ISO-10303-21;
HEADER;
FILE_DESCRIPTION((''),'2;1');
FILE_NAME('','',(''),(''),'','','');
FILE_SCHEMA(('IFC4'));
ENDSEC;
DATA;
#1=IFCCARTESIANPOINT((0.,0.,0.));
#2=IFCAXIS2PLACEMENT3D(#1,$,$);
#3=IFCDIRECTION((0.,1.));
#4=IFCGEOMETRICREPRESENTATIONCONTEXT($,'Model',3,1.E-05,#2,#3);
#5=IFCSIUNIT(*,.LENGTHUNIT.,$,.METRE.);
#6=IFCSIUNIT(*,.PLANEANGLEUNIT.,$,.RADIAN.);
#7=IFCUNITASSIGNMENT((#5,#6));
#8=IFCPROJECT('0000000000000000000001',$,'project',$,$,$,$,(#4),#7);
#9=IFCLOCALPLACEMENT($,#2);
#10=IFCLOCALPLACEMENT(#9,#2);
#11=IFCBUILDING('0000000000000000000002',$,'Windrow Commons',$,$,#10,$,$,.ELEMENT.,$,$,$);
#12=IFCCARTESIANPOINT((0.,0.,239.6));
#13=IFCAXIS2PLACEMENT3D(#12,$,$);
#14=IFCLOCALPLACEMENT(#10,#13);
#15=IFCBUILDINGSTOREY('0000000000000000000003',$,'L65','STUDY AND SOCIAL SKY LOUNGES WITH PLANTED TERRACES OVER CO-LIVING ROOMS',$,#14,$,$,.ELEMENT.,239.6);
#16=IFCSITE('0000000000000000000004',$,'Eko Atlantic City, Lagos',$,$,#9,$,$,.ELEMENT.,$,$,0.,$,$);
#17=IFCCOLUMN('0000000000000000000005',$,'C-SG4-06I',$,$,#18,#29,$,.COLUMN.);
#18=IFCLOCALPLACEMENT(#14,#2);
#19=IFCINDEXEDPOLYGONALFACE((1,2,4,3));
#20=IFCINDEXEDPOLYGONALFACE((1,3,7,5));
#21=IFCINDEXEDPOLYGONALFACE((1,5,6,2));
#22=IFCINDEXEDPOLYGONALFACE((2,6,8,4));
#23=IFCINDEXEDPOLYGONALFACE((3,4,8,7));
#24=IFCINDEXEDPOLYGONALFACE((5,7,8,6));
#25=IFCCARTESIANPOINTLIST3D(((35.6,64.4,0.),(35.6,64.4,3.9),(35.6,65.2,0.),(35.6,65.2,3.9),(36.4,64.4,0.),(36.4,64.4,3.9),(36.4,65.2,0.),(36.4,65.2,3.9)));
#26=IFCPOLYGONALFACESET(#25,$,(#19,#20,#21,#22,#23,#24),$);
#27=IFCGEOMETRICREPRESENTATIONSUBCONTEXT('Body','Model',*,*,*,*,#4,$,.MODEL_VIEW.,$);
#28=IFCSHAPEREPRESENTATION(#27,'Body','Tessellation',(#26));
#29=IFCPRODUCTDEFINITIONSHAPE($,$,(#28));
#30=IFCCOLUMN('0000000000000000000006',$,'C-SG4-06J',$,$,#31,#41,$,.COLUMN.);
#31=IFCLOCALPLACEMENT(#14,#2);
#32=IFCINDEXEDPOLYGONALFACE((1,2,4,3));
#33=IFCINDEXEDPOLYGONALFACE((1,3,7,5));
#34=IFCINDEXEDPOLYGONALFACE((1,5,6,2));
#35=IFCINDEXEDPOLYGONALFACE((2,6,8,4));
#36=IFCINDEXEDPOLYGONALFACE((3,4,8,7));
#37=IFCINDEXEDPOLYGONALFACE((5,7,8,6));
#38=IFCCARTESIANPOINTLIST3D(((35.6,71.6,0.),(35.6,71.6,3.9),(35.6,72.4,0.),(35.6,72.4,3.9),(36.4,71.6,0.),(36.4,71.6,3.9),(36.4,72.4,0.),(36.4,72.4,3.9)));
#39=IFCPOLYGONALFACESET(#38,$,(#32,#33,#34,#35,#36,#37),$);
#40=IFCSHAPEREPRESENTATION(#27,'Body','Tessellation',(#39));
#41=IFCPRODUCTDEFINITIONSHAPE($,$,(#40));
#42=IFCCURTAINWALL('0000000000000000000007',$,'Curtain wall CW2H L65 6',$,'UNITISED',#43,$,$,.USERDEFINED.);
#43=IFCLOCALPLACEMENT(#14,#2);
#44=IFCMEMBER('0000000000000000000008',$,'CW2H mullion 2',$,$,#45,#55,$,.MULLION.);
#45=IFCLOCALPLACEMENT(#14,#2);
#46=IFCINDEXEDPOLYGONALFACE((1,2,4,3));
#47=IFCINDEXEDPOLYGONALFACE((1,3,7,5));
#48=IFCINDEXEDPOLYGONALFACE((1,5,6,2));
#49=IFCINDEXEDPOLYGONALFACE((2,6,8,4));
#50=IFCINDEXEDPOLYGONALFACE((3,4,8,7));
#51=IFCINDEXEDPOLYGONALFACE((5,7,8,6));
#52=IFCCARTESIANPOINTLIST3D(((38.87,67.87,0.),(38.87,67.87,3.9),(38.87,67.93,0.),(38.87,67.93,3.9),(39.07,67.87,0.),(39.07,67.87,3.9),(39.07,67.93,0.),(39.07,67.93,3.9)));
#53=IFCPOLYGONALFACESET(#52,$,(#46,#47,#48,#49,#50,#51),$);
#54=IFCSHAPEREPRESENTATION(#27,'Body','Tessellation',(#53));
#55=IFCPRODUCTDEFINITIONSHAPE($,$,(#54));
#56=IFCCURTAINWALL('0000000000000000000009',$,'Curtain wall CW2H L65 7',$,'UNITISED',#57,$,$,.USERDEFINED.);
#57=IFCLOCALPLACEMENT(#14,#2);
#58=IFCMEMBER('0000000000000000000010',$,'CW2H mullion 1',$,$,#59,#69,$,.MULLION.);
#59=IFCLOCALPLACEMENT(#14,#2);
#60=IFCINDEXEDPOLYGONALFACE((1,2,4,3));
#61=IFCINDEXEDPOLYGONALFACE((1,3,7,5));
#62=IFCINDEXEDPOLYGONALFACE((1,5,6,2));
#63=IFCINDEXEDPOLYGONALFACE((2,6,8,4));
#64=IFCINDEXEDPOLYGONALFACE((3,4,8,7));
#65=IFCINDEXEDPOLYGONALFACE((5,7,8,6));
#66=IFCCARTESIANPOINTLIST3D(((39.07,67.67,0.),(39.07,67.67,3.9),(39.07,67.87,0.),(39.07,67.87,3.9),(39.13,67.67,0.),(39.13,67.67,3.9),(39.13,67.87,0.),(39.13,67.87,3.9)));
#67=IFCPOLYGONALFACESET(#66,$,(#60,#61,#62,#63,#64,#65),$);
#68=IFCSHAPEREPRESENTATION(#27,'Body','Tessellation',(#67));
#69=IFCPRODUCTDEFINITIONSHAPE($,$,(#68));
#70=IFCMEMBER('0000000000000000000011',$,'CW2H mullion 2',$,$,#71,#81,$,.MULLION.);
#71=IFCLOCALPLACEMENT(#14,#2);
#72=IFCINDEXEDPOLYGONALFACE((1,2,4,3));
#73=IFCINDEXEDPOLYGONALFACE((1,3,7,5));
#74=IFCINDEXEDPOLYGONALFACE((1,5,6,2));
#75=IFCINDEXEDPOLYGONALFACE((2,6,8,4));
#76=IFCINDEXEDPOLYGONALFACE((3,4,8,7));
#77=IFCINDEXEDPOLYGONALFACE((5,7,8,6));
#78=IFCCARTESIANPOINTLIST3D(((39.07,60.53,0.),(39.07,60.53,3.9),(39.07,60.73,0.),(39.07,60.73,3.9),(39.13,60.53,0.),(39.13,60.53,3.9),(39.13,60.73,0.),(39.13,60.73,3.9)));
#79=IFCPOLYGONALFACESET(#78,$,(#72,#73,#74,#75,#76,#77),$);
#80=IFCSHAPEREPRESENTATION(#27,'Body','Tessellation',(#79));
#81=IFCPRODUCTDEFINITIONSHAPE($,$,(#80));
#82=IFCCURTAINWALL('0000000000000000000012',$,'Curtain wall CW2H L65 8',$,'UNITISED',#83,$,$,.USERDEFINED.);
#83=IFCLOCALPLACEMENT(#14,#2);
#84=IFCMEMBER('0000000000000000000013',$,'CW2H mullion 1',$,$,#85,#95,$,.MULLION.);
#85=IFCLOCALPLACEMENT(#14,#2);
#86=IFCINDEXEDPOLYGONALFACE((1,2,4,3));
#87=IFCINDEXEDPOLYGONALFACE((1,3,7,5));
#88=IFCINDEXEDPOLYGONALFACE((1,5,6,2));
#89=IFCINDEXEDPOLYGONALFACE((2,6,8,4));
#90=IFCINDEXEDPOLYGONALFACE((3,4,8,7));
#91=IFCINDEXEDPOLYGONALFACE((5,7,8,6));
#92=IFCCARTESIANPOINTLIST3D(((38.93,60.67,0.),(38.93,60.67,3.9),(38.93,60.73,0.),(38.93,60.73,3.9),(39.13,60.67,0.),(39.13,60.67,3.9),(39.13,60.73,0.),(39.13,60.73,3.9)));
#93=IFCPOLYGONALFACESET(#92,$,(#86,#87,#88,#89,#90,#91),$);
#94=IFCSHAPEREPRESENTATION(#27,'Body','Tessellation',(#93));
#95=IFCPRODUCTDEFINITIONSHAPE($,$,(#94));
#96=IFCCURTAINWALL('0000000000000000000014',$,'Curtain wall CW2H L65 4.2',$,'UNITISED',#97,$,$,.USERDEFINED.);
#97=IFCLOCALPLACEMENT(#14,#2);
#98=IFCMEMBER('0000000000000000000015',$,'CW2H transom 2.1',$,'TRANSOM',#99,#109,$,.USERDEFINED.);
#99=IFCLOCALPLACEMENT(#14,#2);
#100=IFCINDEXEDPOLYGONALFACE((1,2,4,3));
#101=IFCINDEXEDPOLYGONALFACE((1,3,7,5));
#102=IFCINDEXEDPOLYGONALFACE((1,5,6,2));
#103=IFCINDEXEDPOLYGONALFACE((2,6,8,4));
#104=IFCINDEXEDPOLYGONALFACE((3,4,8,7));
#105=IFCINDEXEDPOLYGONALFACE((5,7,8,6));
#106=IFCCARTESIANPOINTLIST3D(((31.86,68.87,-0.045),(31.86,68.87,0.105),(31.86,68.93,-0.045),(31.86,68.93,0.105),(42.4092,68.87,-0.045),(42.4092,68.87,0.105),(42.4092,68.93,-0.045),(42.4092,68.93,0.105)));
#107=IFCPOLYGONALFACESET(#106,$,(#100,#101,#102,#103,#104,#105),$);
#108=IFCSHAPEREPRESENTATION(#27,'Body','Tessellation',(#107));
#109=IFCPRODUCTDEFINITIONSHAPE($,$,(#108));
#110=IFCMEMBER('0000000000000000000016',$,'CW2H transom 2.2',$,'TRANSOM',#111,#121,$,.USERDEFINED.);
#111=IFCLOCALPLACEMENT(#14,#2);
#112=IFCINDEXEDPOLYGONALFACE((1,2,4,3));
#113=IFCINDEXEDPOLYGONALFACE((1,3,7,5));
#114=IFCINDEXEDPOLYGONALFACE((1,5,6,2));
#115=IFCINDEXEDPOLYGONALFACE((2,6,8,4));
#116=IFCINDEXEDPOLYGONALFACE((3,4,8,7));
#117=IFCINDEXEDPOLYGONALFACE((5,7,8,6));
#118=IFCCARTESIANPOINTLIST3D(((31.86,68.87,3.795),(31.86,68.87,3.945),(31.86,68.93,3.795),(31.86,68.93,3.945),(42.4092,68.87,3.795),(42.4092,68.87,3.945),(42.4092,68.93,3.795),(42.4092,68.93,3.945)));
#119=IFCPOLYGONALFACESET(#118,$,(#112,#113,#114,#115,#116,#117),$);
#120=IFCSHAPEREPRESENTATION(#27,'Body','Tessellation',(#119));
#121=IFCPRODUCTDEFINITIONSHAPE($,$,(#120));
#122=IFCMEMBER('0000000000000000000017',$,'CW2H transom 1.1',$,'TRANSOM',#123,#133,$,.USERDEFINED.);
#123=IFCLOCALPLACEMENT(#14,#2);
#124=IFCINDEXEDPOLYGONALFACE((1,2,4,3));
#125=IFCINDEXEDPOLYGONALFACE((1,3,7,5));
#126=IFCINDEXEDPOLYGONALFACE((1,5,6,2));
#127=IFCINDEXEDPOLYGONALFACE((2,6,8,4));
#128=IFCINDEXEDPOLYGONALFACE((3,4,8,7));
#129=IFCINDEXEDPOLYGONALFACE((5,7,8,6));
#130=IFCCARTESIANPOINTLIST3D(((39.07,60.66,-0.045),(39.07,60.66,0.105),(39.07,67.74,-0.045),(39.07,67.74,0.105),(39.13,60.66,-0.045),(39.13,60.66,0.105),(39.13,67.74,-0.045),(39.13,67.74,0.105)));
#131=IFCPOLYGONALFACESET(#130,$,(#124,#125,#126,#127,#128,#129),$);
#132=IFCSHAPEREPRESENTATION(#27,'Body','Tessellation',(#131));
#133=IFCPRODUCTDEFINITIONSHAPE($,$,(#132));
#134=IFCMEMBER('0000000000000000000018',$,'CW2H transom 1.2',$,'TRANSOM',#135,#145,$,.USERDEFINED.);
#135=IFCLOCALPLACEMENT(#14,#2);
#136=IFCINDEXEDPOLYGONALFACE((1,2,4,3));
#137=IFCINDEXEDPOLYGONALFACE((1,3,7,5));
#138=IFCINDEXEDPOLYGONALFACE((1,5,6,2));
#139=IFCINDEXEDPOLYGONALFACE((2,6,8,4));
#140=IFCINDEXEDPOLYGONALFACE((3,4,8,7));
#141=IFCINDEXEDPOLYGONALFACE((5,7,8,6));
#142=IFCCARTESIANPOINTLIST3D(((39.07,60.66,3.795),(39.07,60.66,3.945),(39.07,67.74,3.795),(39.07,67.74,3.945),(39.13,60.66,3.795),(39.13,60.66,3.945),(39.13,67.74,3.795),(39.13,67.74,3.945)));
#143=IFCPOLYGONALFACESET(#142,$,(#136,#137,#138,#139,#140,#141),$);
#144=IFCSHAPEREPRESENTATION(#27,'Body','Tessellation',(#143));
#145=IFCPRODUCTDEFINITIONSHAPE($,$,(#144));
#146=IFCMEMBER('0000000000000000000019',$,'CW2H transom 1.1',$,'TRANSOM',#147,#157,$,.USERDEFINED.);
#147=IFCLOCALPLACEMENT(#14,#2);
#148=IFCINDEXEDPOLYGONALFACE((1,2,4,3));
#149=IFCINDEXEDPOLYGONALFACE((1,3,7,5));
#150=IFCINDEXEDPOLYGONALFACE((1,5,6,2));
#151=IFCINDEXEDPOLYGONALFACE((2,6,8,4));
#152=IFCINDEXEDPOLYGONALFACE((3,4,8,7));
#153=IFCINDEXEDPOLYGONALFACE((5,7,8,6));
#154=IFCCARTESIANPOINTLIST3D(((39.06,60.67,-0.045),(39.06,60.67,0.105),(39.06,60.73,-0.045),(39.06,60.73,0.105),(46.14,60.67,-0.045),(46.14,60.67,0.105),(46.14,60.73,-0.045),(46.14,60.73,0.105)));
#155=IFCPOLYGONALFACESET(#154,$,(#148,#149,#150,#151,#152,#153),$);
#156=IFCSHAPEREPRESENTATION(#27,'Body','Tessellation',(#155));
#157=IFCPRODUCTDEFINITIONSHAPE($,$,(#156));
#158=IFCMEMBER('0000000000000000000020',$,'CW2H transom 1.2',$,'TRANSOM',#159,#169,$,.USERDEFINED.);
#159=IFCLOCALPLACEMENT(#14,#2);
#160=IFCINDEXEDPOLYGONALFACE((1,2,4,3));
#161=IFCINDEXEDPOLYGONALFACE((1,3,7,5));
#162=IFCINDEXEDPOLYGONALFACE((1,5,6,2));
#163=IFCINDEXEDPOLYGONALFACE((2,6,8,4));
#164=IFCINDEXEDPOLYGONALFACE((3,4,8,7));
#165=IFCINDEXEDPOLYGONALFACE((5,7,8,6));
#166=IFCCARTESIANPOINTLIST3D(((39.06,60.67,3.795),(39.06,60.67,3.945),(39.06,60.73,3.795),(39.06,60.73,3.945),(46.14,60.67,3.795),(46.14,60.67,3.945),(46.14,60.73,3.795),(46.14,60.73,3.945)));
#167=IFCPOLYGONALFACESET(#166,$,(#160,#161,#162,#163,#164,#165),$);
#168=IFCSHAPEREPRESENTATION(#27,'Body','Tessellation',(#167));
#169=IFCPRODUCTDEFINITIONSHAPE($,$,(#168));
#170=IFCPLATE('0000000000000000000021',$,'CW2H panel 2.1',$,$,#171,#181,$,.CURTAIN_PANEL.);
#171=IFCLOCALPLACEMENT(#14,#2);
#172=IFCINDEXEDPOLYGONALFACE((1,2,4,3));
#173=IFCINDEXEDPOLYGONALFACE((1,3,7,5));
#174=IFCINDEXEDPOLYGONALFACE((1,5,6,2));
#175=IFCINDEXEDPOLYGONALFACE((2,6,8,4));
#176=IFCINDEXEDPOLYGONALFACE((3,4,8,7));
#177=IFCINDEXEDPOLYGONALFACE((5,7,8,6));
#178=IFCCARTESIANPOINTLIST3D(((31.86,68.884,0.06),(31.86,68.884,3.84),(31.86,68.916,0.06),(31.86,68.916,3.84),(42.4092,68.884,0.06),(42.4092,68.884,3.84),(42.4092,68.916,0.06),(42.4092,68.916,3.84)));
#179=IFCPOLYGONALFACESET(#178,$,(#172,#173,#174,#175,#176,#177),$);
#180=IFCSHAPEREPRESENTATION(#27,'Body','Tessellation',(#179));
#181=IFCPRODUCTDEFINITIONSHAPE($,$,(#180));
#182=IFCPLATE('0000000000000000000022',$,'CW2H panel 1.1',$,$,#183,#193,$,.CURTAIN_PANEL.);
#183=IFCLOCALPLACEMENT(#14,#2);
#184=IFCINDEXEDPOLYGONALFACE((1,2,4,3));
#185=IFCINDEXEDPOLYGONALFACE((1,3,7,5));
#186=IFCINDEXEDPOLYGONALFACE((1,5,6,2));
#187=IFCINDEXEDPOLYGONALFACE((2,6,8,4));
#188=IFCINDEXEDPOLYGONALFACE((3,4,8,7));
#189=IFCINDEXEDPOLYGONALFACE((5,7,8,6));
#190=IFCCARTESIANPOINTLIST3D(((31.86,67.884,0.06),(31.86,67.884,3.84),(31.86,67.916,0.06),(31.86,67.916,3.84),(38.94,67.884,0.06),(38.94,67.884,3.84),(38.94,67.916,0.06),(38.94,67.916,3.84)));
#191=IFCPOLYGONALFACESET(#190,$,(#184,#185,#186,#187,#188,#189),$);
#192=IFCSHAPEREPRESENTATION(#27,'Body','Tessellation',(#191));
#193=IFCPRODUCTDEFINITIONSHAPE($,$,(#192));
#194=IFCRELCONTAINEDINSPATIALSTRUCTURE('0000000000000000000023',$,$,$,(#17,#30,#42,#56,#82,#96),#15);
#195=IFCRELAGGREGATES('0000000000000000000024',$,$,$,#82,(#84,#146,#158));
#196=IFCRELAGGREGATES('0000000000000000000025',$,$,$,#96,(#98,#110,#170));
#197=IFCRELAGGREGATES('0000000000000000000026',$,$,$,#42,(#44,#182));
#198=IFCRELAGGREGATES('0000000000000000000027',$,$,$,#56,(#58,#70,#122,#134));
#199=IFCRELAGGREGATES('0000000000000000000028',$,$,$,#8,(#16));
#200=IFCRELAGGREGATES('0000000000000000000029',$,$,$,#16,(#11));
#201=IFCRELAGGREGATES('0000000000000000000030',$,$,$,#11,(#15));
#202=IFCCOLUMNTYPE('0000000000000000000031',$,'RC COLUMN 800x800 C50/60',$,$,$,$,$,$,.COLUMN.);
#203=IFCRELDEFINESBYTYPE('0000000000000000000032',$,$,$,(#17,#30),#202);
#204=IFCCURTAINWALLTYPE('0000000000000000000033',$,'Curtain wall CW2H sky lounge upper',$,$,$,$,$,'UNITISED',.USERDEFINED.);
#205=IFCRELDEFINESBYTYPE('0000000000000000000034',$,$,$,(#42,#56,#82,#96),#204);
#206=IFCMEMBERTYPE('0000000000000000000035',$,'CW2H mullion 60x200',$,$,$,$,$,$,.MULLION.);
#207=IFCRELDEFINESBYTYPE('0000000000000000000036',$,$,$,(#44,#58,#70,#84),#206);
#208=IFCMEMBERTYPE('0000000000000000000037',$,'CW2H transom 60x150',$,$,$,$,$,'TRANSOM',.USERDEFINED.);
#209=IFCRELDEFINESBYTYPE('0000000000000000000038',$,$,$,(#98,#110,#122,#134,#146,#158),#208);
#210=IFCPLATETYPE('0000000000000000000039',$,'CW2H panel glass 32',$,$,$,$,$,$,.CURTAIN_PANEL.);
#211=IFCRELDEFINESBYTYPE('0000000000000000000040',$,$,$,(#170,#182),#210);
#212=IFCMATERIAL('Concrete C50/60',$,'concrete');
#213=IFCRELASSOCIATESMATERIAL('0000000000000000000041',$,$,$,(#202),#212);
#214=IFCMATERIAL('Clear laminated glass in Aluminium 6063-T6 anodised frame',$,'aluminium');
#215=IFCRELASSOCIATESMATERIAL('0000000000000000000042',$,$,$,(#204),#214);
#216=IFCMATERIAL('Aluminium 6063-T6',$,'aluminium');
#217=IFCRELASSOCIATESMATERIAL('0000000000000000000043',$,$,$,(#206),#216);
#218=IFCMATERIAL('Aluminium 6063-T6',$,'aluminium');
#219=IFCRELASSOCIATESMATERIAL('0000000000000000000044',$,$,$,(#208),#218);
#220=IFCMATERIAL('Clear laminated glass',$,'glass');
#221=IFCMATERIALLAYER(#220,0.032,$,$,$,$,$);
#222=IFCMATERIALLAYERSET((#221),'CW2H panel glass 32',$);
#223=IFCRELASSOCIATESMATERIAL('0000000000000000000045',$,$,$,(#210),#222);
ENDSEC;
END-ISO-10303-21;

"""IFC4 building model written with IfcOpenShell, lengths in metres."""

from ifc_helpers import new_model, si_unit, direction, frame, origin, origin_2d, place, context, subcontext, project, spatial, rectangle, extrude, material, layer, layer_set, material_profile, profile_set, type_object, element, aggregate, save


model = new_model("IFC4")

# Units and contexts
model_context = context("Model", 3, precision=1e-05, world=origin(), true_north=direction((0.0, 1.0)))
body_context = subcontext(model_context, "Body", "Model", "MODEL_VIEW")
ifc_project = project(units=[si_unit("LENGTHUNIT", "METRE"), si_unit("PLANEANGLEUNIT", "RADIAN")], contexts=[model_context])

# Site, building, storey
site_placement = place(None, origin())
site = spatial("IfcSite", under=ifc_project, at=site_placement, Name="Eko Atlantic City, Lagos", CompositionType="ELEMENT", RefElevation=0.0)
building_placement = place(site_placement, origin())
building = spatial("IfcBuilding", under=site, at=building_placement, Name="Windrow Commons", CompositionType="ELEMENT")
storey_placement = place(building_placement, frame((0.0, 0.0, 239.6)))
storey = spatial("IfcBuildingStorey", under=building, at=storey_placement, Name="L65", Description="STUDY AND SOCIAL SKY LOUNGES WITH PLANTED TERRACES OVER CO-LIVING ROOMS", CompositionType="ELEMENT", Elevation=239.6)

# Columns
ifc_material_1 = material(Name="Concrete C50/60", Category="concrete")
ifc_material_profile_1 = material_profile(ifc_material_1, rectangle(XDim=0.8, YDim=0.8, at=origin_2d()))
ifc_profile_set_1 = profile_set([ifc_material_profile_1], Name="Concrete C50/60")
column_type = type_object("IfcColumnType", Name="RC COLUMN 800x800 C50/60", PredefinedType="COLUMN", material=ifc_profile_set_1)
for number, where, z_axis, x_axis, name in (
    (1, (36.0, 64.8, 0.0), (0.0, 0.0, 1.0), (1.0, 0.0, 0.0), "C-SG4-06I"),
    (2, (36.0, 72.0, 0.0), (0.0, 0.0, 1.0), (1.0, 0.0, 0.0), "C-SG4-06J"),
):
    element("IfcColumn", number, at=place(storey_placement, frame(where, z_axis=z_axis, x_axis=x_axis)), inside=storey, type_object=column_type, Name=name, PredefinedType="COLUMN", context=body_context, shape_type="SweptSolid", body=[
        extrude(rectangle(XDim=0.8, YDim=0.8, at=origin_2d()), origin(), (0.0, 0.0, 1.0), 3.9),
    ])

# Curtain wall, member
ifc_material_2 = material(Name="Clear laminated glass in Aluminium 6063-T6 anodised frame", Category="aluminium")
curtain_wall_type = type_object("IfcCurtainWallType", Name="Curtain wall CW2H sky lounge upper", ElementType="UNITISED", PredefinedType="USERDEFINED", material=ifc_material_2)
placement = place(storey_placement, origin())
curtain_wall_1 = element("IfcCurtainWall", 3, at=placement, inside=storey, type_object=curtain_wall_type, Name="Curtain wall CW2H L65 6", ObjectType="UNITISED", PredefinedType="USERDEFINED")
ifc_material_3 = material(Name="Aluminium 6063-T6", Category="aluminium")
ifc_material_profile_2 = material_profile(ifc_material_3, rectangle(XDim=0.06, YDim=0.2, at=origin_2d()))
ifc_profile_set_2 = profile_set([ifc_material_profile_2], Name="Aluminium 6063-T6")
member_type_1 = type_object("IfcMemberType", Name="CW2H mullion 60x200", PredefinedType="MULLION", material=ifc_profile_set_2)
member_1_placement = place(storey_placement, frame((38.97, 67.9, 0.0), z_axis=(0.0, 0.0, 1.0), x_axis=(0.0, 1.0, 0.0)))
member_1 = element("IfcMember", 4, at=member_1_placement, type_object=member_type_1, Name="CW2H mullion 2", PredefinedType="MULLION", context=body_context, shape_type="SweptSolid", body=[
    extrude(rectangle(XDim=0.06, YDim=0.2, at=origin_2d()), origin(), (0.0, 0.0, 1.0), 3.9),
])

# Curtain wall, members
curtain_wall_2 = element("IfcCurtainWall", 5, at=placement, inside=storey, type_object=curtain_wall_type, Name="Curtain wall CW2H L65 7", ObjectType="UNITISED", PredefinedType="USERDEFINED")
member_2_placement = place(storey_placement, frame((39.1, 67.77, 0.0), z_axis=(0.0, 0.0, 1.0), x_axis=(1.0, 0.0, 0.0)))
member_2 = element("IfcMember", 6, at=member_2_placement, type_object=member_type_1, Name="CW2H mullion 1", PredefinedType="MULLION", context=body_context, shape_type="SweptSolid", body=[
    extrude(rectangle(XDim=0.06, YDim=0.2, at=origin_2d()), origin(), (0.0, 0.0, 1.0), 3.9),
])
member_3_placement = place(storey_placement, frame((39.1, 60.63, 0.0), z_axis=(0.0, 0.0, 1.0), x_axis=(1.0, 0.0, 0.0)))
member_3 = element("IfcMember", 7, at=member_3_placement, type_object=member_type_1, Name="CW2H mullion 2", PredefinedType="MULLION", context=body_context, shape_type="SweptSolid", body=[
    extrude(rectangle(XDim=0.06, YDim=0.2, at=origin_2d()), origin(), (0.0, 0.0, 1.0), 3.9),
])

# Curtain wall, member
curtain_wall_3 = element("IfcCurtainWall", 8, at=placement, inside=storey, type_object=curtain_wall_type, Name="Curtain wall CW2H L65 8", ObjectType="UNITISED", PredefinedType="USERDEFINED")
member_4_placement = place(storey_placement, frame((39.03, 60.7, 0.0), z_axis=(0.0, 0.0, 1.0), x_axis=(0.0, 1.0, 0.0)))
member_4 = element("IfcMember", 9, at=member_4_placement, type_object=member_type_1, Name="CW2H mullion 1", PredefinedType="MULLION", context=body_context, shape_type="SweptSolid", body=[
    extrude(rectangle(XDim=0.06, YDim=0.2, at=origin_2d()), origin(), (0.0, 0.0, 1.0), 3.9),
])

# Curtain wall, members
curtain_wall_4 = element("IfcCurtainWall", 10, at=placement, inside=storey, type_object=curtain_wall_type, Name="Curtain wall CW2H L65 4.2", ObjectType="UNITISED", PredefinedType="USERDEFINED")
ifc_material_4 = material(Name="Aluminium 6063-T6", Category="aluminium")
ifc_material_profile_3 = material_profile(ifc_material_4, rectangle(XDim=0.06, YDim=0.15, at=origin_2d()))
ifc_profile_set_3 = profile_set([ifc_material_profile_3], Name="Aluminium 6063-T6")
member_type_2 = type_object("IfcMemberType", Name="CW2H transom 60x150", ElementType="TRANSOM", PredefinedType="USERDEFINED", material=ifc_profile_set_3)
member_5_placement = place(storey_placement, frame((42.4092, 68.9, 0.03), z_axis=(-1.0, 0.0, 0.0), x_axis=(0.0, -1.0, 0.0)))
member_5 = element("IfcMember", 11, at=member_5_placement, type_object=member_type_2, Name="CW2H transom 2.1", ObjectType="TRANSOM", PredefinedType="USERDEFINED", context=body_context, shape_type="SweptSolid", body=[
    extrude(rectangle(XDim=0.06, YDim=0.15, at=origin_2d()), origin(), (0.0, 0.0, 1.0), 10.5492),
])
member_6_placement = place(storey_placement, frame((42.4092, 68.9, 3.87), z_axis=(-1.0, 0.0, 0.0), x_axis=(0.0, -1.0, 0.0)))
member_6 = element("IfcMember", 12, at=member_6_placement, type_object=member_type_2, Name="CW2H transom 2.2", ObjectType="TRANSOM", PredefinedType="USERDEFINED", context=body_context, shape_type="SweptSolid", body=[
    extrude(rectangle(XDim=0.06, YDim=0.15, at=origin_2d()), origin(), (0.0, 0.0, 1.0), 10.5492),
])

# Members
member_7_placement = place(storey_placement, frame((39.1, 67.74, 0.03), z_axis=(0.0, -1.0, 0.0), x_axis=(1.0, 0.0, 0.0)))
member_7 = element("IfcMember", 13, at=member_7_placement, type_object=member_type_2, Name="CW2H transom 1.1", ObjectType="TRANSOM", PredefinedType="USERDEFINED", context=body_context, shape_type="SweptSolid", body=[
    extrude(rectangle(XDim=0.06, YDim=0.15, at=origin_2d()), origin(), (0.0, 0.0, 1.0), 7.08),
])
member_8_placement = place(storey_placement, frame((39.1, 67.74, 3.87), z_axis=(0.0, -1.0, 0.0), x_axis=(1.0, 0.0, 0.0)))
member_8 = element("IfcMember", 14, at=member_8_placement, type_object=member_type_2, Name="CW2H transom 1.2", ObjectType="TRANSOM", PredefinedType="USERDEFINED", context=body_context, shape_type="SweptSolid", body=[
    extrude(rectangle(XDim=0.06, YDim=0.15, at=origin_2d()), origin(), (0.0, 0.0, 1.0), 7.08),
])
member_9_placement = place(storey_placement, frame((39.06, 60.7, 0.03), z_axis=(1.0, 0.0, 0.0), x_axis=(0.0, 1.0, 0.0)))
member_9 = element("IfcMember", 15, at=member_9_placement, type_object=member_type_2, Name="CW2H transom 1.1", ObjectType="TRANSOM", PredefinedType="USERDEFINED", context=body_context, shape_type="SweptSolid", body=[
    extrude(rectangle(XDim=0.06, YDim=0.15, at=origin_2d()), origin(), (0.0, 0.0, 1.0), 7.08),
])
member_10_placement = place(storey_placement, frame((39.06, 60.7, 3.87), z_axis=(1.0, 0.0, 0.0), x_axis=(0.0, 1.0, 0.0)))
member_10 = element("IfcMember", 16, at=member_10_placement, type_object=member_type_2, Name="CW2H transom 1.2", ObjectType="TRANSOM", PredefinedType="USERDEFINED", context=body_context, shape_type="SweptSolid", body=[
    extrude(rectangle(XDim=0.06, YDim=0.15, at=origin_2d()), origin(), (0.0, 0.0, 1.0), 7.08),
])
aggregate(curtain_wall_3, [member_4, member_9, member_10])

# Plates
ifc_material_5 = material(Name="Clear laminated glass", Category="glass")
ifc_layer_1 = layer(ifc_material_5, 0.032)
ifc_layer_set_1 = layer_set([ifc_layer_1], Name="CW2H panel glass 32")
plate_type = type_object("IfcPlateType", Name="CW2H panel glass 32", PredefinedType="CURTAIN_PANEL", material=ifc_layer_set_1)
plate_1_placement = place(storey_placement, frame((37.1346, 68.9, 0.06), z_axis=(0.0, 0.0, 1.0), x_axis=(-1.0, 0.0, 0.0)))
plate_1 = element("IfcPlate", 17, at=plate_1_placement, type_object=plate_type, Name="CW2H panel 2.1", PredefinedType="CURTAIN_PANEL", context=body_context, shape_type="SweptSolid", body=[
    extrude(rectangle(XDim=10.5492, YDim=0.032, at=origin_2d()), origin(), (0.0, 0.0, 1.0), 3.78),
])
aggregate(curtain_wall_4, [member_5, member_6, plate_1])
plate_2_placement = place(storey_placement, frame((35.4, 67.9, 0.06), z_axis=(0.0, 0.0, 1.0), x_axis=(1.0, 0.0, 0.0)))
plate_2 = element("IfcPlate", 18, at=plate_2_placement, type_object=plate_type, Name="CW2H panel 1.1", PredefinedType="CURTAIN_PANEL", context=body_context, shape_type="SweptSolid", body=[
    extrude(rectangle(XDim=7.08, YDim=0.032, at=origin_2d()), origin(), (0.0, 0.0, 1.0), 3.78),
])
aggregate(curtain_wall_1, [member_1, plate_2])
aggregate(curtain_wall_2, [member_2, member_3, member_7, member_8])

save(model, "model.ifc")
